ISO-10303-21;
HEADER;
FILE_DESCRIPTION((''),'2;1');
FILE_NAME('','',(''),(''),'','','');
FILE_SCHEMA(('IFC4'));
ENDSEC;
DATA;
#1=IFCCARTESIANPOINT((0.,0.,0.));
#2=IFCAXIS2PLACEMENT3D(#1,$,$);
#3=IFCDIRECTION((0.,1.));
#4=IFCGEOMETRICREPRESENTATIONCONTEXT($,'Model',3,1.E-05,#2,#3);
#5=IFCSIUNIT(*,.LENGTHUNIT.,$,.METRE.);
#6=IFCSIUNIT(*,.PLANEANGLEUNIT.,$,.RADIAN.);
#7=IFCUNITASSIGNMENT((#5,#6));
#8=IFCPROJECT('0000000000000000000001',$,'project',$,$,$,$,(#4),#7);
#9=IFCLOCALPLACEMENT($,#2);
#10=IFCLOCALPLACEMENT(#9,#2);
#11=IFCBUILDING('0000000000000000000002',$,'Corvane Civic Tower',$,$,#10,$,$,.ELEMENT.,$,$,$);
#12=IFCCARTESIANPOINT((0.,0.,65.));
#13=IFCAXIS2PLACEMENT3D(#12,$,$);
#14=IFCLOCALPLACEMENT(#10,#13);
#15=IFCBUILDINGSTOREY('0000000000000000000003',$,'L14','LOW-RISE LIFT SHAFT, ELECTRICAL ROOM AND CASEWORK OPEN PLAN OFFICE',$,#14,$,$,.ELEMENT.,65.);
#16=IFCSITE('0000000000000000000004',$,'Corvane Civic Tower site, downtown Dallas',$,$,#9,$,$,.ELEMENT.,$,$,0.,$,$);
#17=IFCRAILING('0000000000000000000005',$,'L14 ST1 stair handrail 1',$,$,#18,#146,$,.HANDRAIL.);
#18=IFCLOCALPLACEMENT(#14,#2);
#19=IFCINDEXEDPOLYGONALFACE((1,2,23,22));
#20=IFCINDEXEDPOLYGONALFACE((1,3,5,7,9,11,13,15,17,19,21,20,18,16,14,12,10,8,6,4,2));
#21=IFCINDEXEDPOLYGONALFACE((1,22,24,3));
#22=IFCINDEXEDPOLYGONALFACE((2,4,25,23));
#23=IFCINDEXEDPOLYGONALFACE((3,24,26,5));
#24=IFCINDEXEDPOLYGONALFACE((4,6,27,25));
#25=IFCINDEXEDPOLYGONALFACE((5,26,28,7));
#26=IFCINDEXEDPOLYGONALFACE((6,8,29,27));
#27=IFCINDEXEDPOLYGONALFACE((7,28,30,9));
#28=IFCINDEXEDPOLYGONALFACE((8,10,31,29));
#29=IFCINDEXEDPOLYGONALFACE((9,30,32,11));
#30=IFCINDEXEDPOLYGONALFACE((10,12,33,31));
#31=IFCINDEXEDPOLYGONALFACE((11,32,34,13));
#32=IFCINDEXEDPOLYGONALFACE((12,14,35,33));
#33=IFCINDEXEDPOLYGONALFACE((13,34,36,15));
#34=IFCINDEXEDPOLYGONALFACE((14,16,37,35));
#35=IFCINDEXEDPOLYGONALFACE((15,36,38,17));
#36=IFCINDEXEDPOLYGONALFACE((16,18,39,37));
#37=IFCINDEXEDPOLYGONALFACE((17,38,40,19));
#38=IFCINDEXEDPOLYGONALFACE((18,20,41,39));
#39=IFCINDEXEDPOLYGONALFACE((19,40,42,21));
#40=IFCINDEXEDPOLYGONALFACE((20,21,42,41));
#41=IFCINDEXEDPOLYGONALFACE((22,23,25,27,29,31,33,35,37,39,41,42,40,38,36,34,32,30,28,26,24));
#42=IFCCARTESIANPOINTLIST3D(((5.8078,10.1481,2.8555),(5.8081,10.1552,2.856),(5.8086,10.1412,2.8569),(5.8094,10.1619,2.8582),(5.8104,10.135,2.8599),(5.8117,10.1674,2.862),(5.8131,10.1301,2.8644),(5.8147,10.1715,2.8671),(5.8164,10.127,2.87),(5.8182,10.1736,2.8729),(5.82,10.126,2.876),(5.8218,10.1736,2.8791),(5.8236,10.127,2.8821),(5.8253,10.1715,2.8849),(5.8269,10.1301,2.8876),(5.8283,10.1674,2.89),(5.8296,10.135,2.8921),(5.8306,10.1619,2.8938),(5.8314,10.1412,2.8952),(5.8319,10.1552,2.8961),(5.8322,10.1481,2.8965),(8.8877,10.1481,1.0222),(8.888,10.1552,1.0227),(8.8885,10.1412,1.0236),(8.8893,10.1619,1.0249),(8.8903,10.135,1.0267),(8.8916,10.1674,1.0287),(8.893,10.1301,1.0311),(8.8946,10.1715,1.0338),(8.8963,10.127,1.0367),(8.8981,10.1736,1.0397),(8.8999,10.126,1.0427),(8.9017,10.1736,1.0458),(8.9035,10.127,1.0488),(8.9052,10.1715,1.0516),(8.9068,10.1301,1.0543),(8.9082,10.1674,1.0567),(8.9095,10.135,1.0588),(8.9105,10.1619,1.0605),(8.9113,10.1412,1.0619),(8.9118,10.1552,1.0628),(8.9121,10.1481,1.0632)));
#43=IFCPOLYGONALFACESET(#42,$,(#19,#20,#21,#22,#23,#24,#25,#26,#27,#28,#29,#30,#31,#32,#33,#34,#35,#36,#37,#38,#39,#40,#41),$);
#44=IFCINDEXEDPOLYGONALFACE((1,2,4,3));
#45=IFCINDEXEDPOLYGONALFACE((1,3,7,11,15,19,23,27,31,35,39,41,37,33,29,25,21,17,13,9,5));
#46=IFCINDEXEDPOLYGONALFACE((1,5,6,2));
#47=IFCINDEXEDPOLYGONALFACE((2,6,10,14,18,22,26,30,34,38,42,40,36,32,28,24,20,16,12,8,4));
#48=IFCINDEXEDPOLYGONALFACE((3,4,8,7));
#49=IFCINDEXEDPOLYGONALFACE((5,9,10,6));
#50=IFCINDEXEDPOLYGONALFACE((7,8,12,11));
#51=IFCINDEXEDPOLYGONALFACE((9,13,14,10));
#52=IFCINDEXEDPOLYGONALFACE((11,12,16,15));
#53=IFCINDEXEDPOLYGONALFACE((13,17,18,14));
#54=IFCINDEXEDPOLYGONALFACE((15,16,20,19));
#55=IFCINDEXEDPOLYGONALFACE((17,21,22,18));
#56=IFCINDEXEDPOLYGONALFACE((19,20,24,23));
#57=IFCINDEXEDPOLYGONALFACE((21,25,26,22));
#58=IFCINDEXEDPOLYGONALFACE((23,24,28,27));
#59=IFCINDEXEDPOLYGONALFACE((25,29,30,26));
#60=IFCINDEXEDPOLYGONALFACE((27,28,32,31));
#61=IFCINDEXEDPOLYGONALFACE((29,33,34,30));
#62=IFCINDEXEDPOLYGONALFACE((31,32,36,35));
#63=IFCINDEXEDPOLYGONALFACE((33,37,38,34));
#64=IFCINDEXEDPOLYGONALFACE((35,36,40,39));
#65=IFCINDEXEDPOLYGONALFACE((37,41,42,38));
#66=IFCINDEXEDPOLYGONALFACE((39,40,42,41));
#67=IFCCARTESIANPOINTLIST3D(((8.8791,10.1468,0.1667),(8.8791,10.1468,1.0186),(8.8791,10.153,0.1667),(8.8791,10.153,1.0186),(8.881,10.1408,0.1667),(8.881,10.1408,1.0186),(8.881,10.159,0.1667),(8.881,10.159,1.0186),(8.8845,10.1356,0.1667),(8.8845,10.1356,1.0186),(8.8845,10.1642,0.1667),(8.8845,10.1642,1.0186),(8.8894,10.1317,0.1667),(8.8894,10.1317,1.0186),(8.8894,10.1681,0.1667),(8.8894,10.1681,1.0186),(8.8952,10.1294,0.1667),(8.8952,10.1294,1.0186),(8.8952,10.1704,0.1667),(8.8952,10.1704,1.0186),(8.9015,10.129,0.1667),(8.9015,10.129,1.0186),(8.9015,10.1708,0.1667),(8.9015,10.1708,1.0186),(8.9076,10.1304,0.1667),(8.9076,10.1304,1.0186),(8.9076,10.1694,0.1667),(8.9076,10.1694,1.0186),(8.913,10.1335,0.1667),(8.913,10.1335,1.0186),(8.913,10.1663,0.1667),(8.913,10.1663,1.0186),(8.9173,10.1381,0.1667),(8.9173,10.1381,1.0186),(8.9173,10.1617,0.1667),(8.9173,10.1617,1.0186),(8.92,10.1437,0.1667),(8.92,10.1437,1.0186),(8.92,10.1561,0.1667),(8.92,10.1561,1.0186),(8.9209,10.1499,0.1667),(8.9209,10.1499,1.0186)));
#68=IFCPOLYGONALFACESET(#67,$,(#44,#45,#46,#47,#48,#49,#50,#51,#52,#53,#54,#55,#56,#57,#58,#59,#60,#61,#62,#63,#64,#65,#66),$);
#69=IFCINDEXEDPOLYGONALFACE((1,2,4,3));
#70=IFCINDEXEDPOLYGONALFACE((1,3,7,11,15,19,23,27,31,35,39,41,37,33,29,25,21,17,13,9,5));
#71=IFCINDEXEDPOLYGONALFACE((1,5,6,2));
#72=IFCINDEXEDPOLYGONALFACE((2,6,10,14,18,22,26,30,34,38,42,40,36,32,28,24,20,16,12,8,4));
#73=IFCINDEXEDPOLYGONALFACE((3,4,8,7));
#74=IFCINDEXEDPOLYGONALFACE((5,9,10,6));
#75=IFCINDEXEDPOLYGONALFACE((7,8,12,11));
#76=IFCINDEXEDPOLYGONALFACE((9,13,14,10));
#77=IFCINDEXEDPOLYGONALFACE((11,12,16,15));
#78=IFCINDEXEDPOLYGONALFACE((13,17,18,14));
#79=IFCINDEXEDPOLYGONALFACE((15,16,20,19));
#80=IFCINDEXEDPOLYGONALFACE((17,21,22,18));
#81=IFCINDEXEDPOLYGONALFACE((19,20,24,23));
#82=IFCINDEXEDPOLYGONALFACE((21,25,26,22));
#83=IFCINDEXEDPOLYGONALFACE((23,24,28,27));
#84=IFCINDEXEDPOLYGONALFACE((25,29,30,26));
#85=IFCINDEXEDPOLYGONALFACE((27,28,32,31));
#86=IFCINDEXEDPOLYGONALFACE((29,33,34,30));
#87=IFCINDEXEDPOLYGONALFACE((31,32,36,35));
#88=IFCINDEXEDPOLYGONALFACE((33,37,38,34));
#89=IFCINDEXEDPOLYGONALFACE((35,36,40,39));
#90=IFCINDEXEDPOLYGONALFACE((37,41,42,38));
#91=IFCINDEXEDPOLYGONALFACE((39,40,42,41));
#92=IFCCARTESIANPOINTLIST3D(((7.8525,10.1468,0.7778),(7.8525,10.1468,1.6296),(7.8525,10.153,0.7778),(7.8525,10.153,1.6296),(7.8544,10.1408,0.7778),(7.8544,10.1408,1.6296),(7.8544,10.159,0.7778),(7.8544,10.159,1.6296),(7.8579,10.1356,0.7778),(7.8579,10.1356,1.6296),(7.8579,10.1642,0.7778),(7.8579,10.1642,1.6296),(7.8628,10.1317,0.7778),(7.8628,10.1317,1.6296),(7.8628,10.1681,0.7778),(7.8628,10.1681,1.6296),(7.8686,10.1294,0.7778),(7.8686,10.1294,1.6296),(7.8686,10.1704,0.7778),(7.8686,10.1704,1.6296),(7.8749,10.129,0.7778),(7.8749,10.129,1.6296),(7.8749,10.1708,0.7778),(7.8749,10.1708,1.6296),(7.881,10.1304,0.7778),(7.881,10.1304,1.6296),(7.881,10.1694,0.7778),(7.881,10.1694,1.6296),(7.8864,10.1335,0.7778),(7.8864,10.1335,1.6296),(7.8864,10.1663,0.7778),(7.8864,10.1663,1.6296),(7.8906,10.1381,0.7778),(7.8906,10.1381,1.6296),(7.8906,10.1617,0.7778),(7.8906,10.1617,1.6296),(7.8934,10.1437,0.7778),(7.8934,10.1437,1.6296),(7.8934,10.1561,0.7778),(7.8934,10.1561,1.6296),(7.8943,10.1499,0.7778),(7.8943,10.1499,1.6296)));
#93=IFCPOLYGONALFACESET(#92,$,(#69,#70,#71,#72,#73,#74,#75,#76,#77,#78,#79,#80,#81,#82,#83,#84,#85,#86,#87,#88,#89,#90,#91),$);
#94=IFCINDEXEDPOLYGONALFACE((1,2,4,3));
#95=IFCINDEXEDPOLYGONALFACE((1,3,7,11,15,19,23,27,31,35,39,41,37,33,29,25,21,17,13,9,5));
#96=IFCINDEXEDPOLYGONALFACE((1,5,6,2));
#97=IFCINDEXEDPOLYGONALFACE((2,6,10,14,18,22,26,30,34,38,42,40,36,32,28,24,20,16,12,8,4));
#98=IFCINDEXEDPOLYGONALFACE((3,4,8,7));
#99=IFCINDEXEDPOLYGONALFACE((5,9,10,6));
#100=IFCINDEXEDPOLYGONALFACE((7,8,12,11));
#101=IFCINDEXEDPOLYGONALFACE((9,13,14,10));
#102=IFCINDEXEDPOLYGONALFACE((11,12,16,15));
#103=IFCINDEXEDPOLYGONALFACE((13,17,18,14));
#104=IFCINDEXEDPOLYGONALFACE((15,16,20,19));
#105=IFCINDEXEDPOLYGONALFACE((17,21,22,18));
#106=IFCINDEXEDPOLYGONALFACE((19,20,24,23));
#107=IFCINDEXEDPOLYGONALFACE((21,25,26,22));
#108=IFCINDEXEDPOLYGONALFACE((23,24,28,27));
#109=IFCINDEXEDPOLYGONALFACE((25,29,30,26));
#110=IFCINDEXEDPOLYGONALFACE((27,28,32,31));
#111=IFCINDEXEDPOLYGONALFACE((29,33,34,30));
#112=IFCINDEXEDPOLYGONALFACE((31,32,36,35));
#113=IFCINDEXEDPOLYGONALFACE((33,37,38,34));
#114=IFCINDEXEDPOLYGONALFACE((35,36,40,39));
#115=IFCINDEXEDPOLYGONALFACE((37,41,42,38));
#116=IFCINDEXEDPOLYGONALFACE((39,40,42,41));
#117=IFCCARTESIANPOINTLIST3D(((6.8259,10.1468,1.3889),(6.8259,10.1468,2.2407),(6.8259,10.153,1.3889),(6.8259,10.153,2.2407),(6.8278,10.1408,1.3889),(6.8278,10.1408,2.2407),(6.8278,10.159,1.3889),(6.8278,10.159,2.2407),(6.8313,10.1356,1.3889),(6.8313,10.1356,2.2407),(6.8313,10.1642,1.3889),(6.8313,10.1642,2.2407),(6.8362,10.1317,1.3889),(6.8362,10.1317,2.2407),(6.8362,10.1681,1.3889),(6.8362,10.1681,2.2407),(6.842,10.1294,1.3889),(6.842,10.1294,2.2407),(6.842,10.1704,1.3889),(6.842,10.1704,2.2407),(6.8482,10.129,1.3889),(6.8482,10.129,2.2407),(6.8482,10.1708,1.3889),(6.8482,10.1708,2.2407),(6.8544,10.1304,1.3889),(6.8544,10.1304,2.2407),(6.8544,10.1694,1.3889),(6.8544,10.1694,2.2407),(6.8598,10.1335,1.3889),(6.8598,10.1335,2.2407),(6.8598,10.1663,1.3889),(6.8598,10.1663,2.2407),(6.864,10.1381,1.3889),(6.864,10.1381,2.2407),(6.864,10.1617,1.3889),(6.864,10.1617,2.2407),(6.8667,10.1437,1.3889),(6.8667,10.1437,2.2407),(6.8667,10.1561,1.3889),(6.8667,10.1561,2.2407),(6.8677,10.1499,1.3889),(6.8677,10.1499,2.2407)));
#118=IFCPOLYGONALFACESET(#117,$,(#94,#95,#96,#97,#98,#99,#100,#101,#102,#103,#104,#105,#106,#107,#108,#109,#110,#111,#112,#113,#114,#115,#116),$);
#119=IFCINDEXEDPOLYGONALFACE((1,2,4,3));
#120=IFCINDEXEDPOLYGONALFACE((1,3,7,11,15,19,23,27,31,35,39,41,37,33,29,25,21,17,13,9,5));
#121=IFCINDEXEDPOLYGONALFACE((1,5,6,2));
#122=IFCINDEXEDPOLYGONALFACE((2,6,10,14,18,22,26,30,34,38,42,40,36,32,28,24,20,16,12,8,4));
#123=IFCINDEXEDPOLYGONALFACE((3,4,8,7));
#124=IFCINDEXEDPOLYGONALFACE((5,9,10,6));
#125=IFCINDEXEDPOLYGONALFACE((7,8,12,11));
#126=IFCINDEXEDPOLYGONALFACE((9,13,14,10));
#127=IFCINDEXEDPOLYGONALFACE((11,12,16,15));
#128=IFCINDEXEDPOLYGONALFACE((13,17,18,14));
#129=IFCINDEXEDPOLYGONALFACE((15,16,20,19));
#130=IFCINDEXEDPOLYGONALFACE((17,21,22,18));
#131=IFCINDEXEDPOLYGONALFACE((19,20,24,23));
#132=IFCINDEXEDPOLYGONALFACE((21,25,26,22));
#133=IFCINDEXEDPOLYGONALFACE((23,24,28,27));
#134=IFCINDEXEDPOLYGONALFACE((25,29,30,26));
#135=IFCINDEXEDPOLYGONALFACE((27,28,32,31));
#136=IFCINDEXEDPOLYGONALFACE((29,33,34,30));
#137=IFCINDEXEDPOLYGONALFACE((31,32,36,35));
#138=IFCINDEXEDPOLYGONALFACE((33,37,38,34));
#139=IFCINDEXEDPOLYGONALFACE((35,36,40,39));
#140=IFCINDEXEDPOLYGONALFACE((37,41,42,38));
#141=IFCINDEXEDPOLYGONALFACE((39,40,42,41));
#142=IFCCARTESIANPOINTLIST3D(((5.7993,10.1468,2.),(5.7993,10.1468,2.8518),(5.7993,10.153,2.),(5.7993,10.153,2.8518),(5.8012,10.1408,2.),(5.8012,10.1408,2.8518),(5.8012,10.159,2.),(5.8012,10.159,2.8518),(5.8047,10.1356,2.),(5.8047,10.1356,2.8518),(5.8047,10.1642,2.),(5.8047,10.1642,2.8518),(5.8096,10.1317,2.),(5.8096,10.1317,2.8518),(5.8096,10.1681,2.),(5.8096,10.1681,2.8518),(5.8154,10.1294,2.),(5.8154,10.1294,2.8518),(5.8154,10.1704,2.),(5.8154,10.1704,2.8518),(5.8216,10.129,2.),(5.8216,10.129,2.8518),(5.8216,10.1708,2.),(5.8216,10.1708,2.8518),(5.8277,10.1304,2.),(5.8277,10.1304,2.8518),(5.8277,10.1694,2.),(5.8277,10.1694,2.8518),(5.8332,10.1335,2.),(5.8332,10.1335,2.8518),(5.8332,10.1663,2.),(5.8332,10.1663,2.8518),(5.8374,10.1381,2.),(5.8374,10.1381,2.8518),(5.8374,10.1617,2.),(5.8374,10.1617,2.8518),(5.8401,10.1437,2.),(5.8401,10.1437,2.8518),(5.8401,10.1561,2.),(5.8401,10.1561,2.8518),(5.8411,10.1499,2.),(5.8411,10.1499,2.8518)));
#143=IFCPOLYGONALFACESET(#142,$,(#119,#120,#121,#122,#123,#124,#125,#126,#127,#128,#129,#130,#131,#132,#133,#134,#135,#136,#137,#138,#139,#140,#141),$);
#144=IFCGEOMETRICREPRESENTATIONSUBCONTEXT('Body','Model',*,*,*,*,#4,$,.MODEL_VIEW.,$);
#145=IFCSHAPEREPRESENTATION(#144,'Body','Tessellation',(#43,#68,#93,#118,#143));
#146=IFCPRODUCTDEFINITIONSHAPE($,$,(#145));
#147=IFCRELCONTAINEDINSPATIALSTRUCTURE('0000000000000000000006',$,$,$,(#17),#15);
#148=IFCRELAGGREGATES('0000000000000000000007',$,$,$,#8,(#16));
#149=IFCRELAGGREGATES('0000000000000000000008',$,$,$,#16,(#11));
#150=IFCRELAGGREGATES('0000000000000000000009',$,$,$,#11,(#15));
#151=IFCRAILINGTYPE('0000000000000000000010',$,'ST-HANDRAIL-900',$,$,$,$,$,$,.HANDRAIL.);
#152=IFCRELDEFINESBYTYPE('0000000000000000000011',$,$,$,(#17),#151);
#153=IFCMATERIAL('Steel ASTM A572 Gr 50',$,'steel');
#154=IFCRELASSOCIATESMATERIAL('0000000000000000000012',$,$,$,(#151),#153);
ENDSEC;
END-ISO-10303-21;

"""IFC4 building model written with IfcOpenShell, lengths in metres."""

from ifc_helpers import new_model, si_unit, direction, frame, origin, origin_2d, place, context, subcontext, project, spatial, circle, extrude, material, type_object, element, save


model = new_model("IFC4")

# Units and contexts
model_context = context("Model", 3, precision=1e-05, world=origin(), true_north=direction((0.0, 1.0)))
body_context = subcontext(model_context, "Body", "Model", "MODEL_VIEW")
ifc_project = project(units=[si_unit("LENGTHUNIT", "METRE"), si_unit("PLANEANGLEUNIT", "RADIAN")], contexts=[model_context])

# Site, building, storey
site_placement = place(None, origin())
site = spatial("IfcSite", under=ifc_project, at=site_placement, Name="Corvane Civic Tower site, downtown Dallas", CompositionType="ELEMENT", RefElevation=0.0)
building_placement = place(site_placement, origin())
building = spatial("IfcBuilding", under=site, at=building_placement, Name="Corvane Civic Tower", CompositionType="ELEMENT")
storey_placement = place(building_placement, frame((0.0, 0.0, 65.0)))
storey = spatial("IfcBuildingStorey", under=building, at=storey_placement, Name="L14", Description="LOW-RISE LIFT SHAFT, ELECTRICAL ROOM AND CASEWORK OPEN PLAN OFFICE", CompositionType="ELEMENT", Elevation=65.0)

# Railing
ifc_material_1 = material(Name="Steel ASTM A572 Gr 50", Category="steel")
railing_type_1 = type_object("IfcRailingType", Name="ST-HANDRAIL-900", PredefinedType="HANDRAIL", material=ifc_material_1)
railing_1_placement = place(storey_placement, frame((8.8999, 10.1499, 0.1667)))
element("IfcRailing", 1, at=railing_1_placement, inside=storey, type_object=railing_type_1, Name="L14 ST1 stair handrail 1", PredefinedType="HANDRAIL", context=body_context, shape_type="SweptSolid", body=[
    extrude(circle(Radius=0.0239, at=origin_2d()), frame((0.0, 0.0, 0.876), z_axis=(-0.859291, 0.0, 0.511487), x_axis=(0.0, -1.0, 0.0)), (0.0, 0.0, 1.0), 3.5842),
    extrude(circle(Radius=0.021, at=origin_2d()), origin(), (0.0, 0.0, 1.0), 0.8518),
    extrude(circle(Radius=0.021, at=origin_2d()), frame((-1.0266, 0.0, 0.6111)), (0.0, 0.0, 1.0), 0.8518),
    extrude(circle(Radius=0.021, at=origin_2d()), frame((-2.0532, 0.0, 1.2222)), (0.0, 0.0, 1.0), 0.8518),
    extrude(circle(Radius=0.021, at=origin_2d()), frame((-3.0798, 0.0, 1.8333)), (0.0, 0.0, 1.0), 0.8518),
])

save(model, "model.ifc")
